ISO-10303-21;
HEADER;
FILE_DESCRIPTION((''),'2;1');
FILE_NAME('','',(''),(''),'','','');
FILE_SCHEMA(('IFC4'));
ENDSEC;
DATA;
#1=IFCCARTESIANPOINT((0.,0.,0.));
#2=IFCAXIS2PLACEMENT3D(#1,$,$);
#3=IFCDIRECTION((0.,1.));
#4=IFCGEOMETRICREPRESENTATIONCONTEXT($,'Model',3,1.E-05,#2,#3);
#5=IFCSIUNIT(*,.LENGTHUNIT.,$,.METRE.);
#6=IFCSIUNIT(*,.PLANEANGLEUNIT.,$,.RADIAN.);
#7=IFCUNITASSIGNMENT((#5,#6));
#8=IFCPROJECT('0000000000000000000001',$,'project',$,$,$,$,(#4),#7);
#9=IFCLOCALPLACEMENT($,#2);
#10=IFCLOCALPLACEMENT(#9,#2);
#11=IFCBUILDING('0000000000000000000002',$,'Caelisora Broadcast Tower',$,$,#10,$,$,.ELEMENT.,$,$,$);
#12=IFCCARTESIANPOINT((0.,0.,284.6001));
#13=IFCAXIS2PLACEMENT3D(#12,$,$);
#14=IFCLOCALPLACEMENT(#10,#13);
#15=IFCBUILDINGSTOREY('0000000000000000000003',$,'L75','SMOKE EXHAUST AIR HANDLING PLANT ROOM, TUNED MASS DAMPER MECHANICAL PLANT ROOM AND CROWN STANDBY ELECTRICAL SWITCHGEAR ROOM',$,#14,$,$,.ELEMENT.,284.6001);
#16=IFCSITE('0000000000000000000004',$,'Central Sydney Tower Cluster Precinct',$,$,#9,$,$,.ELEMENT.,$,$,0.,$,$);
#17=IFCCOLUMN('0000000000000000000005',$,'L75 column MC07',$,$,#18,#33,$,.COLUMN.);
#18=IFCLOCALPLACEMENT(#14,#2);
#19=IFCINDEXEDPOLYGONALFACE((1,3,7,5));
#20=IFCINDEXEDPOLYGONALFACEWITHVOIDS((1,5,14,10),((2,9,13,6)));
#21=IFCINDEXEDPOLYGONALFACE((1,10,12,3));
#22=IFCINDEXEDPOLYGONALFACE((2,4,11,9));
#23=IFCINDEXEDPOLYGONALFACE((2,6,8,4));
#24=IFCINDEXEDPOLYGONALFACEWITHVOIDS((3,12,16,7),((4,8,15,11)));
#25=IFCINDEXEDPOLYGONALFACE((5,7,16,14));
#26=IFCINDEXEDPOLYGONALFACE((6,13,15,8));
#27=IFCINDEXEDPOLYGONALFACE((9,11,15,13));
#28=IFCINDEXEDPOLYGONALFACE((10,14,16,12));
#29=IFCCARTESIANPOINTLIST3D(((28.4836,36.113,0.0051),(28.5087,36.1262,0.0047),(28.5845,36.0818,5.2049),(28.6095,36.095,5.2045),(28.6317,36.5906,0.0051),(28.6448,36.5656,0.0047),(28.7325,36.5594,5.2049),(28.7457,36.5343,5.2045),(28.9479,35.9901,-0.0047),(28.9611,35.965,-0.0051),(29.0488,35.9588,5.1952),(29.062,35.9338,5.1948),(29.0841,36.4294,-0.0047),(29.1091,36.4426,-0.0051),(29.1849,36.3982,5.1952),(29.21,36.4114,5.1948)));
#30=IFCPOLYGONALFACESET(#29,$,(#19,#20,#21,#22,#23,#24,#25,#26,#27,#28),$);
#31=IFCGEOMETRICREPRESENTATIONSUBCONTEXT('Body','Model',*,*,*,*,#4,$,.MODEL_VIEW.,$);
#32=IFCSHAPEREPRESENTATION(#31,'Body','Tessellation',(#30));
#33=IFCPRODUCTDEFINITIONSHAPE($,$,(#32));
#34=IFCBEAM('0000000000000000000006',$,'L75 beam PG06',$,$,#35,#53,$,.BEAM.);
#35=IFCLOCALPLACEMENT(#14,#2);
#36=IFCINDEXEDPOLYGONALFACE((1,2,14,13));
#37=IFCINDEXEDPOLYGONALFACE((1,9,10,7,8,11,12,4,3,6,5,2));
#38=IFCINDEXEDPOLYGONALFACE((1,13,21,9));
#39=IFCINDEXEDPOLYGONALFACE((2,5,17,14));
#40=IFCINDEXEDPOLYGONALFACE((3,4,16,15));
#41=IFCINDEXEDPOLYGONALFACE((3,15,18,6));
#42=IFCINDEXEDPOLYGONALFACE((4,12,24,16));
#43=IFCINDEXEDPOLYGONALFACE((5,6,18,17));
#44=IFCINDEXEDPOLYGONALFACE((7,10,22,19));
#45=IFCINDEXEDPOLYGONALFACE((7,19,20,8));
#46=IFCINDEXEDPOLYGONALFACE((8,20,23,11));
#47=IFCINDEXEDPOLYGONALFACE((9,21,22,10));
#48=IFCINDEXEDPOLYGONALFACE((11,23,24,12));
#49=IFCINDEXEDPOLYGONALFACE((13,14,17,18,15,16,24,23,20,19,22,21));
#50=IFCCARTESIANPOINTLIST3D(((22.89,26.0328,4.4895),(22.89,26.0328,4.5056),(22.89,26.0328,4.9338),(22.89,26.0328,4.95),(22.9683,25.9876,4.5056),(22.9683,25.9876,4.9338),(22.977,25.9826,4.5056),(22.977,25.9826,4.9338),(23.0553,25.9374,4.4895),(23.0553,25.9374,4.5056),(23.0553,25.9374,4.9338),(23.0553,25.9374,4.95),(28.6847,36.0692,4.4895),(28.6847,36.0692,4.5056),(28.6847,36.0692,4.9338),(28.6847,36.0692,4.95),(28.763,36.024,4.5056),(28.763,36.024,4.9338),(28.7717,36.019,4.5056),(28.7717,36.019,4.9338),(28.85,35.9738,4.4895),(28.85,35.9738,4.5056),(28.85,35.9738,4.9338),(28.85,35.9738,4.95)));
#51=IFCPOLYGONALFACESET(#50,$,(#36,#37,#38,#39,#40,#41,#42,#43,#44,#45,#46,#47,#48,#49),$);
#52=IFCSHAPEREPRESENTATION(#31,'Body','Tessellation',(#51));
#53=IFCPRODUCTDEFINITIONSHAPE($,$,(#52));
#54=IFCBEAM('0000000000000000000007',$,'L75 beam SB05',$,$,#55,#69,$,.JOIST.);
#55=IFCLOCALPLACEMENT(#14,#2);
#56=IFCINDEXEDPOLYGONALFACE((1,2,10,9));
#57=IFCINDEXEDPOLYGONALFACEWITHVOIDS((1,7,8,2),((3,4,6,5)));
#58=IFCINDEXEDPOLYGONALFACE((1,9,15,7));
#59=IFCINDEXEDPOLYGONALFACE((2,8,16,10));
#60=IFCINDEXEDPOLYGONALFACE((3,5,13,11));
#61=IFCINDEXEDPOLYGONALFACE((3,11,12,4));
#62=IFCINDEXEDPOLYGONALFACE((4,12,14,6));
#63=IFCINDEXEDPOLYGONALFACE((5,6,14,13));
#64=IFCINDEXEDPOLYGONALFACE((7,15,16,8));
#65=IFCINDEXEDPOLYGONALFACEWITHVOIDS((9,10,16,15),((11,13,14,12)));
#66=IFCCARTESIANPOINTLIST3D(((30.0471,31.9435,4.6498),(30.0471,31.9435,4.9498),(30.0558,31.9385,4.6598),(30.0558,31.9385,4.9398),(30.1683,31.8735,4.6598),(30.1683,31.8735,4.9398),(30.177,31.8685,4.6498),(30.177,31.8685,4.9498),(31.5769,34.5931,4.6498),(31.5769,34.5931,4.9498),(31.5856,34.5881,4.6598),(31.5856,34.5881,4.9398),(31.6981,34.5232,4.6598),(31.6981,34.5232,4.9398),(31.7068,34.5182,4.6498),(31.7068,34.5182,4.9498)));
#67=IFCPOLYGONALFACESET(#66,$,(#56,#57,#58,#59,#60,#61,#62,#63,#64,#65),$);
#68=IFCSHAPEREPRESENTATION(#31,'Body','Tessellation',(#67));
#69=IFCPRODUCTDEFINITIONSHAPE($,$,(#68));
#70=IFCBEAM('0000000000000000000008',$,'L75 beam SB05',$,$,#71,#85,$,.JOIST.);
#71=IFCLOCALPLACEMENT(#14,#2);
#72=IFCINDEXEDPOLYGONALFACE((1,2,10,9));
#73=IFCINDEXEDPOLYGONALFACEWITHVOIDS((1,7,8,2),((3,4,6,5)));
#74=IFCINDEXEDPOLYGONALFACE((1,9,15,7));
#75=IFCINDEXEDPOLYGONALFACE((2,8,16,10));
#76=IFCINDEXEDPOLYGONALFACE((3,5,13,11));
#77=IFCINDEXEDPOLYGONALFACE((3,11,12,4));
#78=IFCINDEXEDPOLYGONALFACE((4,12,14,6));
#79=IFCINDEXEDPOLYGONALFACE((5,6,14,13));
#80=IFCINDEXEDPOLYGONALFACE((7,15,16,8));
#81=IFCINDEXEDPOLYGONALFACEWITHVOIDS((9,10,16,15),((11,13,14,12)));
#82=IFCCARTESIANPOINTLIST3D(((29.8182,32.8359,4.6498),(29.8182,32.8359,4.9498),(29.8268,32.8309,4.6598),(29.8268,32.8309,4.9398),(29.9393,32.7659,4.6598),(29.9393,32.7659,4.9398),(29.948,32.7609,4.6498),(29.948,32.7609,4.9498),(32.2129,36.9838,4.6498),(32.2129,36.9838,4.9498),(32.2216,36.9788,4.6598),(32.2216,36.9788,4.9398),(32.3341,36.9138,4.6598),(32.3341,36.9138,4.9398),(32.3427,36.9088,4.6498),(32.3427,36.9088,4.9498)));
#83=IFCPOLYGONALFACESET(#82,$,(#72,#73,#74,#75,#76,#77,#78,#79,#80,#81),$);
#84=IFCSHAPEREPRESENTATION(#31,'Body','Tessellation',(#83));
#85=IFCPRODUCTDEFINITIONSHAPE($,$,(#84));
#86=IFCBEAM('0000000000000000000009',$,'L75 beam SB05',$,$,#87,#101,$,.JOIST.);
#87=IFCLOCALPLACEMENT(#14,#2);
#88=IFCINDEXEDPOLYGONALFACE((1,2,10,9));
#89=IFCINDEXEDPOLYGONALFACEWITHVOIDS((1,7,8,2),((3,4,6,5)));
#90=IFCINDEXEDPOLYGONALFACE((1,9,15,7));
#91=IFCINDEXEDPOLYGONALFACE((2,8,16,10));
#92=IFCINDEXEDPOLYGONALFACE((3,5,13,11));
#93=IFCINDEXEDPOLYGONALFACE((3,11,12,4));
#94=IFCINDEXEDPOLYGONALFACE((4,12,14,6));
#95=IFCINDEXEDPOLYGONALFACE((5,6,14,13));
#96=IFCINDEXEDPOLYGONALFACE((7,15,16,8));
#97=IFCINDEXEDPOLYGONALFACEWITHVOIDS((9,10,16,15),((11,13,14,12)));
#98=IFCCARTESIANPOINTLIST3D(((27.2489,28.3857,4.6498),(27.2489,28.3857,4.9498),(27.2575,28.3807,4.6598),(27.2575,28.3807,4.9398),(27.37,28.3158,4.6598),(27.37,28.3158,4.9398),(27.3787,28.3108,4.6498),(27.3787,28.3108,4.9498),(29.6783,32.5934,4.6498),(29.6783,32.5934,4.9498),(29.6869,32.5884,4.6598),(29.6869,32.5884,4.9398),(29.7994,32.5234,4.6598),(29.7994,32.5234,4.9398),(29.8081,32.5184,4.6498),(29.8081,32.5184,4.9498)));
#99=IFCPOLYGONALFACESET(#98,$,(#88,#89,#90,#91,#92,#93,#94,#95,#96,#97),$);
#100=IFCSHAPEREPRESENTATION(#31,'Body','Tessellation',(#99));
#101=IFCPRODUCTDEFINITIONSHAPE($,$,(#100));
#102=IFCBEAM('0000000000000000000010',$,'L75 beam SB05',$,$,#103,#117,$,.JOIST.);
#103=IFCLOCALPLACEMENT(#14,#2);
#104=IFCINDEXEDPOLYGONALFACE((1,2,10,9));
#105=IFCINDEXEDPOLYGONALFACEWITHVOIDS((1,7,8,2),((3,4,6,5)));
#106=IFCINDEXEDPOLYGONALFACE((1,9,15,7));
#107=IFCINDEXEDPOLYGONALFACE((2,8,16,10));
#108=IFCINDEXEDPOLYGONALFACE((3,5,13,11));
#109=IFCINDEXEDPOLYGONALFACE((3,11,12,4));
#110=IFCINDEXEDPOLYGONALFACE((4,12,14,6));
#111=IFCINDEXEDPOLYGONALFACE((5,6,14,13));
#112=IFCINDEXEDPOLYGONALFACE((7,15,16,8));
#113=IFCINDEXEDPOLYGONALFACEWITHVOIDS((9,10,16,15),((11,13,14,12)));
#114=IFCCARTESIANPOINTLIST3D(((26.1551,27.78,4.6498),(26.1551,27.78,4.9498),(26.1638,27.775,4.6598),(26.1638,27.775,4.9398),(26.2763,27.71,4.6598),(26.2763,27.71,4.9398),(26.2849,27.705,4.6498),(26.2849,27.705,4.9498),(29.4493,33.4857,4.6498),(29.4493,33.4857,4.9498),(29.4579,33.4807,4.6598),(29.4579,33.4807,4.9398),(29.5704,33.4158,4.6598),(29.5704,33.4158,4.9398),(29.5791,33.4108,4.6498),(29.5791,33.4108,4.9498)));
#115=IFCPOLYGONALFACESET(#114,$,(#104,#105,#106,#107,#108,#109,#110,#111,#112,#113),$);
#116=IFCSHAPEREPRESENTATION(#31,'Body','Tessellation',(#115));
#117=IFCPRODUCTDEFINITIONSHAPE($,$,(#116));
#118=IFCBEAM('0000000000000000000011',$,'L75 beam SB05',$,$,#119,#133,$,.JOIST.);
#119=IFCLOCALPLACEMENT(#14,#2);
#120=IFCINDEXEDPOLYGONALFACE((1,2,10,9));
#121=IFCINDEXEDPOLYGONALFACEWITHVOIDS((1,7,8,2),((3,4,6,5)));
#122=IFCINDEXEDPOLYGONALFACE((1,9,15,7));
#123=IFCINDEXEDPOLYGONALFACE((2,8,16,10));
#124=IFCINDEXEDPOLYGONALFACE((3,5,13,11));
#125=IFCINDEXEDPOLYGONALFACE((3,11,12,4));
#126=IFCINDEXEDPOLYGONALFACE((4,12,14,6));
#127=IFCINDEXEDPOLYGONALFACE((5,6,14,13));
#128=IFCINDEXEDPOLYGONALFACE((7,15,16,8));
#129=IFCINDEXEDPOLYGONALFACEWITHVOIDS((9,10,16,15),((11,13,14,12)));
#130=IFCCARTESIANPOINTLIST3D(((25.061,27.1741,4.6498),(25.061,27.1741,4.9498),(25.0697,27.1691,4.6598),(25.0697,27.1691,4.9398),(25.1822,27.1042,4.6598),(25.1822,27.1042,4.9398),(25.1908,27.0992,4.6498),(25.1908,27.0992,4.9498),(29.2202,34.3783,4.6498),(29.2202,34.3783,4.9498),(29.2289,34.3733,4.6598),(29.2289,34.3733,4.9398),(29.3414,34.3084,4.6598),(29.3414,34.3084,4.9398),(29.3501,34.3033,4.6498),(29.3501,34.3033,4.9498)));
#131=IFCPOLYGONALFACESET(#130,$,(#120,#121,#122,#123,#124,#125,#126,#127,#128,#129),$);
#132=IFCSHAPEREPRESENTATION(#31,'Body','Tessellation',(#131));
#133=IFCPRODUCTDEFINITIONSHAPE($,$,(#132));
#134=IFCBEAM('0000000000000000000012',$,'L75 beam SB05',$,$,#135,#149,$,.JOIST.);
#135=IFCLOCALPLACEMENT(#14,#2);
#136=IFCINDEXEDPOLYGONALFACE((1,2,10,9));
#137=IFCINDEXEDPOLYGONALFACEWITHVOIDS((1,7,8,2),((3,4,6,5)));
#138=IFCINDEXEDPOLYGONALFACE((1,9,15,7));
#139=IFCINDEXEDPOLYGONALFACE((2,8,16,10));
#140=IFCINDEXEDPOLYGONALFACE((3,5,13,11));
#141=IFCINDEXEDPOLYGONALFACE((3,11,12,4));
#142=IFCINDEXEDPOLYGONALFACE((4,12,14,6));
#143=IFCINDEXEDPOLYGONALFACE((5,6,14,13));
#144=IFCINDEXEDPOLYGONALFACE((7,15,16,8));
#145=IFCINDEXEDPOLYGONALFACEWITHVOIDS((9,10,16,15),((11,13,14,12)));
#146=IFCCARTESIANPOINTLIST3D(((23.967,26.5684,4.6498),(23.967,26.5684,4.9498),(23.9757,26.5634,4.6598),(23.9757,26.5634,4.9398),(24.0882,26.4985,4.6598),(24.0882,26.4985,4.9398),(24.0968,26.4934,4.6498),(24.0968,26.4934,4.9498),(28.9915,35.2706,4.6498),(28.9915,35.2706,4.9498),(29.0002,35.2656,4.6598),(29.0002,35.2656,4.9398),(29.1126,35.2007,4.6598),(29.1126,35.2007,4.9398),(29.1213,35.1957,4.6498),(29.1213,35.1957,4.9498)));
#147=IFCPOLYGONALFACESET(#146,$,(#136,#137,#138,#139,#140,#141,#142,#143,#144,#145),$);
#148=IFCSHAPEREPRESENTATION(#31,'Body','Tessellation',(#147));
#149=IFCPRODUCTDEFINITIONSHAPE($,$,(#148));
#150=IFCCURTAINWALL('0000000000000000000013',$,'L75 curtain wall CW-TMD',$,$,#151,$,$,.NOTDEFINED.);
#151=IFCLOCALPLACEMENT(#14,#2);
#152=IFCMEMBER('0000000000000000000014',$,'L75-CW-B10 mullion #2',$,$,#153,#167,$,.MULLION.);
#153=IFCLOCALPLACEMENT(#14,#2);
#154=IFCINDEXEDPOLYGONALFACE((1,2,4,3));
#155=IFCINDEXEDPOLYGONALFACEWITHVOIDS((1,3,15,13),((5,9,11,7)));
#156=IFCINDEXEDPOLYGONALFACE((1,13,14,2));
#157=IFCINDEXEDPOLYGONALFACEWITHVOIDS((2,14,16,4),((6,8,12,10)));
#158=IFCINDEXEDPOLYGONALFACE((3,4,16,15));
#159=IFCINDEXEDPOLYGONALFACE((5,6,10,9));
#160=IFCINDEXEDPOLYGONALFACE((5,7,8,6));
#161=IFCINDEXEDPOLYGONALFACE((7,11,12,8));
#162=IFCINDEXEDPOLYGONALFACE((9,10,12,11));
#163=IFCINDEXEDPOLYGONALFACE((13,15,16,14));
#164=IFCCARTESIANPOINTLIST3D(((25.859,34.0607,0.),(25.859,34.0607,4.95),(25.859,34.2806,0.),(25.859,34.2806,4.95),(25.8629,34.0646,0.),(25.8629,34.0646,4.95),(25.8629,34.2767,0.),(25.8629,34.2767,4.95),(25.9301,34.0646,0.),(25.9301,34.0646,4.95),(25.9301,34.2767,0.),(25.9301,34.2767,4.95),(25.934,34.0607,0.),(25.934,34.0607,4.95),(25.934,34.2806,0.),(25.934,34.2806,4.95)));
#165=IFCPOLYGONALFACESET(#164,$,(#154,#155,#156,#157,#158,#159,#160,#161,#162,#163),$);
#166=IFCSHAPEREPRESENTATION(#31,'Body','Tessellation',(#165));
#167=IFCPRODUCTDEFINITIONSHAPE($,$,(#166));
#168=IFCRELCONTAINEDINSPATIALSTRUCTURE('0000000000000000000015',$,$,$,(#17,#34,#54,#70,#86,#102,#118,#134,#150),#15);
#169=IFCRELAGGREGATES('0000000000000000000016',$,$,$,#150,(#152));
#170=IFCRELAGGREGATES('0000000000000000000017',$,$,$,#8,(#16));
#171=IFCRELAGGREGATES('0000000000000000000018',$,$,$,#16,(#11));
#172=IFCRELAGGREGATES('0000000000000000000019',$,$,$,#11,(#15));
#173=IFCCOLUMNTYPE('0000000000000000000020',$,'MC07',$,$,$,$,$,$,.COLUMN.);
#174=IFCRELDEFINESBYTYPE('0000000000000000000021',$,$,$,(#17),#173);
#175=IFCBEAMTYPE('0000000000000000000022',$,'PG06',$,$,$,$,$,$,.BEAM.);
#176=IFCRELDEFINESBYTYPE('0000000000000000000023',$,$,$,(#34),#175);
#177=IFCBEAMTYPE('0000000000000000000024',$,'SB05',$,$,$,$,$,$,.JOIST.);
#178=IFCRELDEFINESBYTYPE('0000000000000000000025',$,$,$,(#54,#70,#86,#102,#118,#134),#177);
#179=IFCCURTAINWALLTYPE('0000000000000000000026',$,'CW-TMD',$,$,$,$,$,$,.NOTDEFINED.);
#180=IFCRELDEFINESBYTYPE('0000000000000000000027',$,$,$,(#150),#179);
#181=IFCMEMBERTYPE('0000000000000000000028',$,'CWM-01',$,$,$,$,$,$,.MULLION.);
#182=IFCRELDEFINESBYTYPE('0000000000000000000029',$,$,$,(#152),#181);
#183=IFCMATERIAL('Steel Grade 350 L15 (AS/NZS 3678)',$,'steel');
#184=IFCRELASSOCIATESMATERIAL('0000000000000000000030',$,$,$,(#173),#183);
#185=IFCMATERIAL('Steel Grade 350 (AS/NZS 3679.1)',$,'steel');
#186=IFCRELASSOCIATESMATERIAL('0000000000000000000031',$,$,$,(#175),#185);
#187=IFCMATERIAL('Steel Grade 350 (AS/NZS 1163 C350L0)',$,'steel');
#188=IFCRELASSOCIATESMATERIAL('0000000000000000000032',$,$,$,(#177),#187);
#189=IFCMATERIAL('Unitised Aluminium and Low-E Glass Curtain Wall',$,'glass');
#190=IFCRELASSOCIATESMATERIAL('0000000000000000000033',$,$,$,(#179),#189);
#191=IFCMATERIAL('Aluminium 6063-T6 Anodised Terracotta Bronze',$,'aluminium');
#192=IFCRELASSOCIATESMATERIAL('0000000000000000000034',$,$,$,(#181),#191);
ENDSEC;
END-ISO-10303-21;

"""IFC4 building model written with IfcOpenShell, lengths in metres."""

from ifc_helpers import new_model, si_unit, direction, frame, origin, origin_2d, place, context, subcontext, project, spatial, hollow_rectangle, i_section, extrude, source, transform, mapped, material, material_profile, profile_set, type_object, type_shapes, element, aggregate, save


model = new_model("IFC4")

# Units and contexts
model_context = context("Model", 3, precision=1e-05, world=origin(), true_north=direction((0.0, 1.0)))
body_context = subcontext(model_context, "Body", "Model", "MODEL_VIEW")
ifc_project = project(units=[si_unit("LENGTHUNIT", "METRE"), si_unit("PLANEANGLEUNIT", "RADIAN")], contexts=[model_context])

# Site, building, storey
site_placement = place(None, origin())
site = spatial("IfcSite", under=ifc_project, at=site_placement, Name="Central Sydney Tower Cluster Precinct", CompositionType="ELEMENT", RefElevation=0.0)
building_placement = place(site_placement, origin())
building = spatial("IfcBuilding", under=site, at=building_placement, Name="Caelisora Broadcast Tower", CompositionType="ELEMENT")
storey_placement = place(building_placement, frame((0.0, 0.0, 284.6001)))
storey = spatial("IfcBuildingStorey", under=building, at=storey_placement, Name="L75", Description="SMOKE EXHAUST AIR HANDLING PLANT ROOM, TUNED MASS DAMPER MECHANICAL PLANT ROOM AND CROWN STANDBY ELECTRICAL SWITCHGEAR ROOM", CompositionType="ELEMENT", Elevation=284.6001)

# Column
ifc_material_1 = material(Name="Steel Grade 350 L15 (AS/NZS 3678)", Category="steel")
ifc_material_profile_1 = material_profile(ifc_material_1, hollow_rectangle(XDim=0.5, YDim=0.5, WallThickness=0.02, at=origin_2d()), Name="Steel Grade 350 L15 (AS/NZS 3678)")
ifc_profile_set_1 = profile_set([ifc_material_profile_1], Name="Steel Grade 350 L15 (AS/NZS 3678)")
column_type = type_object("IfcColumnType", Name="MC07", PredefinedType="COLUMN", material=ifc_profile_set_1)
shared_shape_1 = source(origin(), body_context, "Body", "SweptSolid", [
    extrude(hollow_rectangle(XDim=0.5, YDim=0.5, WallThickness=0.02, at=origin_2d()), origin(), (0.0, 0.0, 1.0), 5.2009),
])
type_shapes(column_type, [shared_shape_1])
column_placement = place(storey_placement, frame((28.7964, 36.2778, 0.0), z_axis=(0.019387, -0.006008, 0.999794), x_axis=(0.296035, 0.955177, 0.0)))
element("IfcColumn", 1, at=column_placement, inside=storey, type_object=column_type, Name="L75 column MC07", PredefinedType="COLUMN", context=body_context, shape_type="MappedRepresentation", body=[
    mapped(shared_shape_1, transform((0.0, 0.0, 0.0), scale=1.0)),
])

# Beams
ifc_material_2 = material(Name="Steel Grade 350 (AS/NZS 3679.1)", Category="steel")
ifc_material_profile_2 = material_profile(ifc_material_2, i_section(OverallWidth=0.1909, OverallDepth=0.4604, WebThickness=0.01, FlangeThickness=0.0161, at=origin_2d()), Name="Steel Grade 350 (AS/NZS 3679.1)")
ifc_profile_set_2 = profile_set([ifc_material_profile_2], Name="Steel Grade 350 (AS/NZS 3679.1)")
beam_type_1 = type_object("IfcBeamType", Name="PG06", PredefinedType="BEAM", material=ifc_profile_set_2)
shared_shape_2 = source(origin(), body_context, "Body", "SweptSolid", [
    extrude(i_section(OverallWidth=0.1909, OverallDepth=0.4604, WebThickness=0.01, FlangeThickness=0.0161, at=origin_2d()), origin(), (0.0, 0.0, 1.0), 11.5891),
])
type_shapes(beam_type_1, [shared_shape_2])
beam_1_placement = place(storey_placement, frame((28.7673, 36.0215, 4.7197), z_axis=(-0.500011, -0.866019, 0.0), x_axis=(0.866019, -0.500011, 0.0)))
element("IfcBeam", 2, at=beam_1_placement, inside=storey, type_object=beam_type_1, Name="L75 beam PG06", PredefinedType="BEAM", context=body_context, shape_type="MappedRepresentation", body=[
    mapped(shared_shape_2, transform((0.0, 0.0, 0.0), scale=1.0)),
])
ifc_material_3 = material(Name="Steel Grade 350 (AS/NZS 1163 C350L0)", Category="steel")
ifc_material_profile_3 = material_profile(ifc_material_3, hollow_rectangle(XDim=0.1499, YDim=0.3, WallThickness=0.01, at=origin_2d()), Name="Steel Grade 350 (AS/NZS 1163 C350L0)")
ifc_profile_set_3 = profile_set([ifc_material_profile_3], Name="Steel Grade 350 (AS/NZS 1163 C350L0)")
beam_type_2 = type_object("IfcBeamType", Name="SB05", PredefinedType="JOIST", material=ifc_profile_set_3)
shared_shape_3 = source(origin(), body_context, "Body", "SweptSolid", [
    extrude(hollow_rectangle(XDim=0.1499, YDim=0.3, WallThickness=0.01, at=origin_2d()), origin(), (0.0, 0.0, 1.0), 3.0596),
])
beam_2_placement = place(storey_placement, frame((31.6418, 34.5557, 4.7998), z_axis=(-0.500001, -0.866025, 0.0), x_axis=(0.866025, -0.500001, 0.0)))
element("IfcBeam", 3, at=beam_2_placement, inside=storey, type_object=beam_type_2, Name="L75 beam SB05", PredefinedType="JOIST", context=body_context, shape_type="MappedRepresentation", body=[
    mapped(shared_shape_3, transform((0.0, 0.0, 0.0), scale=1.0)),
])
shared_shape_4 = source(origin(), body_context, "Body", "SweptSolid", [
    extrude(hollow_rectangle(XDim=0.1499, YDim=0.3, WallThickness=0.01, at=origin_2d()), origin(), (0.0, 0.0, 1.0), 4.7896),
])
beam_3_placement = place(storey_placement, frame((32.2778, 36.9463, 4.7998), z_axis=(-0.499993, -0.866029, 0.0), x_axis=(0.866029, -0.499993, 0.0)))
element("IfcBeam", 4, at=beam_3_placement, inside=storey, type_object=beam_type_2, Name="L75 beam SB05", PredefinedType="JOIST", context=body_context, shape_type="MappedRepresentation", body=[
    mapped(shared_shape_4, transform((0.0, 0.0, 0.0), scale=1.0)),
])
shared_shape_5 = source(origin(), body_context, "Body", "SweptSolid", [
    extrude(hollow_rectangle(XDim=0.1499, YDim=0.3, WallThickness=0.01, at=origin_2d()), origin(), (0.0, 0.0, 1.0), 4.8586),
])
beam_4_placement = place(storey_placement, frame((29.7432, 32.5559, 4.7998), z_axis=(-0.500014, -0.866017, 0.0), x_axis=(0.866017, -0.500014, 0.0)))
element("IfcBeam", 5, at=beam_4_placement, inside=storey, type_object=beam_type_2, Name="L75 beam SB05", PredefinedType="JOIST", context=body_context, shape_type="MappedRepresentation", body=[
    mapped(shared_shape_5, transform((0.0, 0.0, 0.0), scale=1.0)),
])
shared_shape_6 = source(origin(), body_context, "Body", "SweptSolid", [
    extrude(hollow_rectangle(XDim=0.1499, YDim=0.3, WallThickness=0.01, at=origin_2d()), origin(), (0.0, 0.0, 1.0), 6.5884),
])
beam_5_placement = place(storey_placement, frame((29.5142, 33.4482, 4.7998), z_axis=(-0.499993, -0.866029, 0.0), x_axis=(0.866029, -0.499993, 0.0)))
element("IfcBeam", 6, at=beam_5_placement, inside=storey, type_object=beam_type_2, Name="L75 beam SB05", PredefinedType="JOIST", context=body_context, shape_type="MappedRepresentation", body=[
    mapped(shared_shape_6, transform((0.0, 0.0, 0.0), scale=1.0)),
])
shared_shape_7 = source(origin(), body_context, "Body", "SweptSolid", [
    extrude(hollow_rectangle(XDim=0.1499, YDim=0.3, WallThickness=0.01, at=origin_2d()), origin(), (0.0, 0.0, 1.0), 8.3186),
])
beam_6_placement = place(storey_placement, frame((29.2852, 34.3408, 4.7998), z_axis=(-0.49999, -0.866031, 0.0), x_axis=(0.866031, -0.49999, 0.0)))
element("IfcBeam", 7, at=beam_6_placement, inside=storey, type_object=beam_type_2, Name="L75 beam SB05", PredefinedType="JOIST", context=body_context, shape_type="MappedRepresentation", body=[
    mapped(shared_shape_7, transform((0.0, 0.0, 0.0), scale=1.0)),
])
shared_shape_8 = source(origin(), body_context, "Body", "SweptSolid", [
    extrude(hollow_rectangle(XDim=0.1499, YDim=0.3, WallThickness=0.01, at=origin_2d()), origin(), (0.0, 0.0, 1.0), 10.0486),
])
type_shapes(beam_type_2, [shared_shape_3, shared_shape_4, shared_shape_5, shared_shape_6, shared_shape_7, shared_shape_8])
beam_7_placement = place(storey_placement, frame((29.0564, 35.2332, 4.7998), z_axis=(-0.500017, -0.866016, 0.0), x_axis=(0.866016, -0.500017, 0.0)))
element("IfcBeam", 8, at=beam_7_placement, inside=storey, type_object=beam_type_2, Name="L75 beam SB05", PredefinedType="JOIST", context=body_context, shape_type="MappedRepresentation", body=[
    mapped(shared_shape_8, transform((0.0, 0.0, 0.0), scale=1.0)),
])

# Curtain wall, member
ifc_material_4 = material(Name="Unitised Aluminium and Low-E Glass Curtain Wall", Category="glass")
curtain_wall_type = type_object("IfcCurtainWallType", Name="CW-TMD", PredefinedType="NOTDEFINED", material=ifc_material_4)
curtain_wall_placement = place(storey_placement, origin())
curtain_wall = element("IfcCurtainWall", 9, at=curtain_wall_placement, inside=storey, type_object=curtain_wall_type, Name="L75 curtain wall CW-TMD", PredefinedType="NOTDEFINED")
ifc_material_5 = material(Name="Aluminium 6063-T6 Anodised Terracotta Bronze", Category="aluminium")
ifc_material_profile_4 = material_profile(ifc_material_5, hollow_rectangle(XDim=0.075, YDim=0.22, WallThickness=0.0039, at=origin_2d()), Name="Aluminium 6063-T6 Anodised Terracotta Bronze")
ifc_profile_set_4 = profile_set([ifc_material_profile_4], Name="Aluminium 6063-T6 Anodised Terracotta Bronze")
member_type = type_object("IfcMemberType", Name="CWM-01", PredefinedType="MULLION", material=ifc_profile_set_4)
shared_shape_9 = source(origin(), body_context, "Body", "SweptSolid", [
    extrude(hollow_rectangle(XDim=0.075, YDim=0.22, WallThickness=0.0039, at=origin_2d()), origin(), (0.0, 0.0, 1.0), 4.95),
])
type_shapes(member_type, [shared_shape_9])
member_placement = place(storey_placement, frame((25.8965, 34.1707, 0.0), z_axis=(0.0, 0.0, 1.0), x_axis=(1.0, 0.0, 0.0)))
member = element("IfcMember", 10, at=member_placement, type_object=member_type, Name="L75-CW-B10 mullion #2", PredefinedType="MULLION", context=body_context, shape_type="MappedRepresentation", body=[
    mapped(shared_shape_9, transform((0.0, 0.0, 0.0), scale=1.0)),
])

aggregate(curtain_wall, [member])

save(model, "model.ifc")
